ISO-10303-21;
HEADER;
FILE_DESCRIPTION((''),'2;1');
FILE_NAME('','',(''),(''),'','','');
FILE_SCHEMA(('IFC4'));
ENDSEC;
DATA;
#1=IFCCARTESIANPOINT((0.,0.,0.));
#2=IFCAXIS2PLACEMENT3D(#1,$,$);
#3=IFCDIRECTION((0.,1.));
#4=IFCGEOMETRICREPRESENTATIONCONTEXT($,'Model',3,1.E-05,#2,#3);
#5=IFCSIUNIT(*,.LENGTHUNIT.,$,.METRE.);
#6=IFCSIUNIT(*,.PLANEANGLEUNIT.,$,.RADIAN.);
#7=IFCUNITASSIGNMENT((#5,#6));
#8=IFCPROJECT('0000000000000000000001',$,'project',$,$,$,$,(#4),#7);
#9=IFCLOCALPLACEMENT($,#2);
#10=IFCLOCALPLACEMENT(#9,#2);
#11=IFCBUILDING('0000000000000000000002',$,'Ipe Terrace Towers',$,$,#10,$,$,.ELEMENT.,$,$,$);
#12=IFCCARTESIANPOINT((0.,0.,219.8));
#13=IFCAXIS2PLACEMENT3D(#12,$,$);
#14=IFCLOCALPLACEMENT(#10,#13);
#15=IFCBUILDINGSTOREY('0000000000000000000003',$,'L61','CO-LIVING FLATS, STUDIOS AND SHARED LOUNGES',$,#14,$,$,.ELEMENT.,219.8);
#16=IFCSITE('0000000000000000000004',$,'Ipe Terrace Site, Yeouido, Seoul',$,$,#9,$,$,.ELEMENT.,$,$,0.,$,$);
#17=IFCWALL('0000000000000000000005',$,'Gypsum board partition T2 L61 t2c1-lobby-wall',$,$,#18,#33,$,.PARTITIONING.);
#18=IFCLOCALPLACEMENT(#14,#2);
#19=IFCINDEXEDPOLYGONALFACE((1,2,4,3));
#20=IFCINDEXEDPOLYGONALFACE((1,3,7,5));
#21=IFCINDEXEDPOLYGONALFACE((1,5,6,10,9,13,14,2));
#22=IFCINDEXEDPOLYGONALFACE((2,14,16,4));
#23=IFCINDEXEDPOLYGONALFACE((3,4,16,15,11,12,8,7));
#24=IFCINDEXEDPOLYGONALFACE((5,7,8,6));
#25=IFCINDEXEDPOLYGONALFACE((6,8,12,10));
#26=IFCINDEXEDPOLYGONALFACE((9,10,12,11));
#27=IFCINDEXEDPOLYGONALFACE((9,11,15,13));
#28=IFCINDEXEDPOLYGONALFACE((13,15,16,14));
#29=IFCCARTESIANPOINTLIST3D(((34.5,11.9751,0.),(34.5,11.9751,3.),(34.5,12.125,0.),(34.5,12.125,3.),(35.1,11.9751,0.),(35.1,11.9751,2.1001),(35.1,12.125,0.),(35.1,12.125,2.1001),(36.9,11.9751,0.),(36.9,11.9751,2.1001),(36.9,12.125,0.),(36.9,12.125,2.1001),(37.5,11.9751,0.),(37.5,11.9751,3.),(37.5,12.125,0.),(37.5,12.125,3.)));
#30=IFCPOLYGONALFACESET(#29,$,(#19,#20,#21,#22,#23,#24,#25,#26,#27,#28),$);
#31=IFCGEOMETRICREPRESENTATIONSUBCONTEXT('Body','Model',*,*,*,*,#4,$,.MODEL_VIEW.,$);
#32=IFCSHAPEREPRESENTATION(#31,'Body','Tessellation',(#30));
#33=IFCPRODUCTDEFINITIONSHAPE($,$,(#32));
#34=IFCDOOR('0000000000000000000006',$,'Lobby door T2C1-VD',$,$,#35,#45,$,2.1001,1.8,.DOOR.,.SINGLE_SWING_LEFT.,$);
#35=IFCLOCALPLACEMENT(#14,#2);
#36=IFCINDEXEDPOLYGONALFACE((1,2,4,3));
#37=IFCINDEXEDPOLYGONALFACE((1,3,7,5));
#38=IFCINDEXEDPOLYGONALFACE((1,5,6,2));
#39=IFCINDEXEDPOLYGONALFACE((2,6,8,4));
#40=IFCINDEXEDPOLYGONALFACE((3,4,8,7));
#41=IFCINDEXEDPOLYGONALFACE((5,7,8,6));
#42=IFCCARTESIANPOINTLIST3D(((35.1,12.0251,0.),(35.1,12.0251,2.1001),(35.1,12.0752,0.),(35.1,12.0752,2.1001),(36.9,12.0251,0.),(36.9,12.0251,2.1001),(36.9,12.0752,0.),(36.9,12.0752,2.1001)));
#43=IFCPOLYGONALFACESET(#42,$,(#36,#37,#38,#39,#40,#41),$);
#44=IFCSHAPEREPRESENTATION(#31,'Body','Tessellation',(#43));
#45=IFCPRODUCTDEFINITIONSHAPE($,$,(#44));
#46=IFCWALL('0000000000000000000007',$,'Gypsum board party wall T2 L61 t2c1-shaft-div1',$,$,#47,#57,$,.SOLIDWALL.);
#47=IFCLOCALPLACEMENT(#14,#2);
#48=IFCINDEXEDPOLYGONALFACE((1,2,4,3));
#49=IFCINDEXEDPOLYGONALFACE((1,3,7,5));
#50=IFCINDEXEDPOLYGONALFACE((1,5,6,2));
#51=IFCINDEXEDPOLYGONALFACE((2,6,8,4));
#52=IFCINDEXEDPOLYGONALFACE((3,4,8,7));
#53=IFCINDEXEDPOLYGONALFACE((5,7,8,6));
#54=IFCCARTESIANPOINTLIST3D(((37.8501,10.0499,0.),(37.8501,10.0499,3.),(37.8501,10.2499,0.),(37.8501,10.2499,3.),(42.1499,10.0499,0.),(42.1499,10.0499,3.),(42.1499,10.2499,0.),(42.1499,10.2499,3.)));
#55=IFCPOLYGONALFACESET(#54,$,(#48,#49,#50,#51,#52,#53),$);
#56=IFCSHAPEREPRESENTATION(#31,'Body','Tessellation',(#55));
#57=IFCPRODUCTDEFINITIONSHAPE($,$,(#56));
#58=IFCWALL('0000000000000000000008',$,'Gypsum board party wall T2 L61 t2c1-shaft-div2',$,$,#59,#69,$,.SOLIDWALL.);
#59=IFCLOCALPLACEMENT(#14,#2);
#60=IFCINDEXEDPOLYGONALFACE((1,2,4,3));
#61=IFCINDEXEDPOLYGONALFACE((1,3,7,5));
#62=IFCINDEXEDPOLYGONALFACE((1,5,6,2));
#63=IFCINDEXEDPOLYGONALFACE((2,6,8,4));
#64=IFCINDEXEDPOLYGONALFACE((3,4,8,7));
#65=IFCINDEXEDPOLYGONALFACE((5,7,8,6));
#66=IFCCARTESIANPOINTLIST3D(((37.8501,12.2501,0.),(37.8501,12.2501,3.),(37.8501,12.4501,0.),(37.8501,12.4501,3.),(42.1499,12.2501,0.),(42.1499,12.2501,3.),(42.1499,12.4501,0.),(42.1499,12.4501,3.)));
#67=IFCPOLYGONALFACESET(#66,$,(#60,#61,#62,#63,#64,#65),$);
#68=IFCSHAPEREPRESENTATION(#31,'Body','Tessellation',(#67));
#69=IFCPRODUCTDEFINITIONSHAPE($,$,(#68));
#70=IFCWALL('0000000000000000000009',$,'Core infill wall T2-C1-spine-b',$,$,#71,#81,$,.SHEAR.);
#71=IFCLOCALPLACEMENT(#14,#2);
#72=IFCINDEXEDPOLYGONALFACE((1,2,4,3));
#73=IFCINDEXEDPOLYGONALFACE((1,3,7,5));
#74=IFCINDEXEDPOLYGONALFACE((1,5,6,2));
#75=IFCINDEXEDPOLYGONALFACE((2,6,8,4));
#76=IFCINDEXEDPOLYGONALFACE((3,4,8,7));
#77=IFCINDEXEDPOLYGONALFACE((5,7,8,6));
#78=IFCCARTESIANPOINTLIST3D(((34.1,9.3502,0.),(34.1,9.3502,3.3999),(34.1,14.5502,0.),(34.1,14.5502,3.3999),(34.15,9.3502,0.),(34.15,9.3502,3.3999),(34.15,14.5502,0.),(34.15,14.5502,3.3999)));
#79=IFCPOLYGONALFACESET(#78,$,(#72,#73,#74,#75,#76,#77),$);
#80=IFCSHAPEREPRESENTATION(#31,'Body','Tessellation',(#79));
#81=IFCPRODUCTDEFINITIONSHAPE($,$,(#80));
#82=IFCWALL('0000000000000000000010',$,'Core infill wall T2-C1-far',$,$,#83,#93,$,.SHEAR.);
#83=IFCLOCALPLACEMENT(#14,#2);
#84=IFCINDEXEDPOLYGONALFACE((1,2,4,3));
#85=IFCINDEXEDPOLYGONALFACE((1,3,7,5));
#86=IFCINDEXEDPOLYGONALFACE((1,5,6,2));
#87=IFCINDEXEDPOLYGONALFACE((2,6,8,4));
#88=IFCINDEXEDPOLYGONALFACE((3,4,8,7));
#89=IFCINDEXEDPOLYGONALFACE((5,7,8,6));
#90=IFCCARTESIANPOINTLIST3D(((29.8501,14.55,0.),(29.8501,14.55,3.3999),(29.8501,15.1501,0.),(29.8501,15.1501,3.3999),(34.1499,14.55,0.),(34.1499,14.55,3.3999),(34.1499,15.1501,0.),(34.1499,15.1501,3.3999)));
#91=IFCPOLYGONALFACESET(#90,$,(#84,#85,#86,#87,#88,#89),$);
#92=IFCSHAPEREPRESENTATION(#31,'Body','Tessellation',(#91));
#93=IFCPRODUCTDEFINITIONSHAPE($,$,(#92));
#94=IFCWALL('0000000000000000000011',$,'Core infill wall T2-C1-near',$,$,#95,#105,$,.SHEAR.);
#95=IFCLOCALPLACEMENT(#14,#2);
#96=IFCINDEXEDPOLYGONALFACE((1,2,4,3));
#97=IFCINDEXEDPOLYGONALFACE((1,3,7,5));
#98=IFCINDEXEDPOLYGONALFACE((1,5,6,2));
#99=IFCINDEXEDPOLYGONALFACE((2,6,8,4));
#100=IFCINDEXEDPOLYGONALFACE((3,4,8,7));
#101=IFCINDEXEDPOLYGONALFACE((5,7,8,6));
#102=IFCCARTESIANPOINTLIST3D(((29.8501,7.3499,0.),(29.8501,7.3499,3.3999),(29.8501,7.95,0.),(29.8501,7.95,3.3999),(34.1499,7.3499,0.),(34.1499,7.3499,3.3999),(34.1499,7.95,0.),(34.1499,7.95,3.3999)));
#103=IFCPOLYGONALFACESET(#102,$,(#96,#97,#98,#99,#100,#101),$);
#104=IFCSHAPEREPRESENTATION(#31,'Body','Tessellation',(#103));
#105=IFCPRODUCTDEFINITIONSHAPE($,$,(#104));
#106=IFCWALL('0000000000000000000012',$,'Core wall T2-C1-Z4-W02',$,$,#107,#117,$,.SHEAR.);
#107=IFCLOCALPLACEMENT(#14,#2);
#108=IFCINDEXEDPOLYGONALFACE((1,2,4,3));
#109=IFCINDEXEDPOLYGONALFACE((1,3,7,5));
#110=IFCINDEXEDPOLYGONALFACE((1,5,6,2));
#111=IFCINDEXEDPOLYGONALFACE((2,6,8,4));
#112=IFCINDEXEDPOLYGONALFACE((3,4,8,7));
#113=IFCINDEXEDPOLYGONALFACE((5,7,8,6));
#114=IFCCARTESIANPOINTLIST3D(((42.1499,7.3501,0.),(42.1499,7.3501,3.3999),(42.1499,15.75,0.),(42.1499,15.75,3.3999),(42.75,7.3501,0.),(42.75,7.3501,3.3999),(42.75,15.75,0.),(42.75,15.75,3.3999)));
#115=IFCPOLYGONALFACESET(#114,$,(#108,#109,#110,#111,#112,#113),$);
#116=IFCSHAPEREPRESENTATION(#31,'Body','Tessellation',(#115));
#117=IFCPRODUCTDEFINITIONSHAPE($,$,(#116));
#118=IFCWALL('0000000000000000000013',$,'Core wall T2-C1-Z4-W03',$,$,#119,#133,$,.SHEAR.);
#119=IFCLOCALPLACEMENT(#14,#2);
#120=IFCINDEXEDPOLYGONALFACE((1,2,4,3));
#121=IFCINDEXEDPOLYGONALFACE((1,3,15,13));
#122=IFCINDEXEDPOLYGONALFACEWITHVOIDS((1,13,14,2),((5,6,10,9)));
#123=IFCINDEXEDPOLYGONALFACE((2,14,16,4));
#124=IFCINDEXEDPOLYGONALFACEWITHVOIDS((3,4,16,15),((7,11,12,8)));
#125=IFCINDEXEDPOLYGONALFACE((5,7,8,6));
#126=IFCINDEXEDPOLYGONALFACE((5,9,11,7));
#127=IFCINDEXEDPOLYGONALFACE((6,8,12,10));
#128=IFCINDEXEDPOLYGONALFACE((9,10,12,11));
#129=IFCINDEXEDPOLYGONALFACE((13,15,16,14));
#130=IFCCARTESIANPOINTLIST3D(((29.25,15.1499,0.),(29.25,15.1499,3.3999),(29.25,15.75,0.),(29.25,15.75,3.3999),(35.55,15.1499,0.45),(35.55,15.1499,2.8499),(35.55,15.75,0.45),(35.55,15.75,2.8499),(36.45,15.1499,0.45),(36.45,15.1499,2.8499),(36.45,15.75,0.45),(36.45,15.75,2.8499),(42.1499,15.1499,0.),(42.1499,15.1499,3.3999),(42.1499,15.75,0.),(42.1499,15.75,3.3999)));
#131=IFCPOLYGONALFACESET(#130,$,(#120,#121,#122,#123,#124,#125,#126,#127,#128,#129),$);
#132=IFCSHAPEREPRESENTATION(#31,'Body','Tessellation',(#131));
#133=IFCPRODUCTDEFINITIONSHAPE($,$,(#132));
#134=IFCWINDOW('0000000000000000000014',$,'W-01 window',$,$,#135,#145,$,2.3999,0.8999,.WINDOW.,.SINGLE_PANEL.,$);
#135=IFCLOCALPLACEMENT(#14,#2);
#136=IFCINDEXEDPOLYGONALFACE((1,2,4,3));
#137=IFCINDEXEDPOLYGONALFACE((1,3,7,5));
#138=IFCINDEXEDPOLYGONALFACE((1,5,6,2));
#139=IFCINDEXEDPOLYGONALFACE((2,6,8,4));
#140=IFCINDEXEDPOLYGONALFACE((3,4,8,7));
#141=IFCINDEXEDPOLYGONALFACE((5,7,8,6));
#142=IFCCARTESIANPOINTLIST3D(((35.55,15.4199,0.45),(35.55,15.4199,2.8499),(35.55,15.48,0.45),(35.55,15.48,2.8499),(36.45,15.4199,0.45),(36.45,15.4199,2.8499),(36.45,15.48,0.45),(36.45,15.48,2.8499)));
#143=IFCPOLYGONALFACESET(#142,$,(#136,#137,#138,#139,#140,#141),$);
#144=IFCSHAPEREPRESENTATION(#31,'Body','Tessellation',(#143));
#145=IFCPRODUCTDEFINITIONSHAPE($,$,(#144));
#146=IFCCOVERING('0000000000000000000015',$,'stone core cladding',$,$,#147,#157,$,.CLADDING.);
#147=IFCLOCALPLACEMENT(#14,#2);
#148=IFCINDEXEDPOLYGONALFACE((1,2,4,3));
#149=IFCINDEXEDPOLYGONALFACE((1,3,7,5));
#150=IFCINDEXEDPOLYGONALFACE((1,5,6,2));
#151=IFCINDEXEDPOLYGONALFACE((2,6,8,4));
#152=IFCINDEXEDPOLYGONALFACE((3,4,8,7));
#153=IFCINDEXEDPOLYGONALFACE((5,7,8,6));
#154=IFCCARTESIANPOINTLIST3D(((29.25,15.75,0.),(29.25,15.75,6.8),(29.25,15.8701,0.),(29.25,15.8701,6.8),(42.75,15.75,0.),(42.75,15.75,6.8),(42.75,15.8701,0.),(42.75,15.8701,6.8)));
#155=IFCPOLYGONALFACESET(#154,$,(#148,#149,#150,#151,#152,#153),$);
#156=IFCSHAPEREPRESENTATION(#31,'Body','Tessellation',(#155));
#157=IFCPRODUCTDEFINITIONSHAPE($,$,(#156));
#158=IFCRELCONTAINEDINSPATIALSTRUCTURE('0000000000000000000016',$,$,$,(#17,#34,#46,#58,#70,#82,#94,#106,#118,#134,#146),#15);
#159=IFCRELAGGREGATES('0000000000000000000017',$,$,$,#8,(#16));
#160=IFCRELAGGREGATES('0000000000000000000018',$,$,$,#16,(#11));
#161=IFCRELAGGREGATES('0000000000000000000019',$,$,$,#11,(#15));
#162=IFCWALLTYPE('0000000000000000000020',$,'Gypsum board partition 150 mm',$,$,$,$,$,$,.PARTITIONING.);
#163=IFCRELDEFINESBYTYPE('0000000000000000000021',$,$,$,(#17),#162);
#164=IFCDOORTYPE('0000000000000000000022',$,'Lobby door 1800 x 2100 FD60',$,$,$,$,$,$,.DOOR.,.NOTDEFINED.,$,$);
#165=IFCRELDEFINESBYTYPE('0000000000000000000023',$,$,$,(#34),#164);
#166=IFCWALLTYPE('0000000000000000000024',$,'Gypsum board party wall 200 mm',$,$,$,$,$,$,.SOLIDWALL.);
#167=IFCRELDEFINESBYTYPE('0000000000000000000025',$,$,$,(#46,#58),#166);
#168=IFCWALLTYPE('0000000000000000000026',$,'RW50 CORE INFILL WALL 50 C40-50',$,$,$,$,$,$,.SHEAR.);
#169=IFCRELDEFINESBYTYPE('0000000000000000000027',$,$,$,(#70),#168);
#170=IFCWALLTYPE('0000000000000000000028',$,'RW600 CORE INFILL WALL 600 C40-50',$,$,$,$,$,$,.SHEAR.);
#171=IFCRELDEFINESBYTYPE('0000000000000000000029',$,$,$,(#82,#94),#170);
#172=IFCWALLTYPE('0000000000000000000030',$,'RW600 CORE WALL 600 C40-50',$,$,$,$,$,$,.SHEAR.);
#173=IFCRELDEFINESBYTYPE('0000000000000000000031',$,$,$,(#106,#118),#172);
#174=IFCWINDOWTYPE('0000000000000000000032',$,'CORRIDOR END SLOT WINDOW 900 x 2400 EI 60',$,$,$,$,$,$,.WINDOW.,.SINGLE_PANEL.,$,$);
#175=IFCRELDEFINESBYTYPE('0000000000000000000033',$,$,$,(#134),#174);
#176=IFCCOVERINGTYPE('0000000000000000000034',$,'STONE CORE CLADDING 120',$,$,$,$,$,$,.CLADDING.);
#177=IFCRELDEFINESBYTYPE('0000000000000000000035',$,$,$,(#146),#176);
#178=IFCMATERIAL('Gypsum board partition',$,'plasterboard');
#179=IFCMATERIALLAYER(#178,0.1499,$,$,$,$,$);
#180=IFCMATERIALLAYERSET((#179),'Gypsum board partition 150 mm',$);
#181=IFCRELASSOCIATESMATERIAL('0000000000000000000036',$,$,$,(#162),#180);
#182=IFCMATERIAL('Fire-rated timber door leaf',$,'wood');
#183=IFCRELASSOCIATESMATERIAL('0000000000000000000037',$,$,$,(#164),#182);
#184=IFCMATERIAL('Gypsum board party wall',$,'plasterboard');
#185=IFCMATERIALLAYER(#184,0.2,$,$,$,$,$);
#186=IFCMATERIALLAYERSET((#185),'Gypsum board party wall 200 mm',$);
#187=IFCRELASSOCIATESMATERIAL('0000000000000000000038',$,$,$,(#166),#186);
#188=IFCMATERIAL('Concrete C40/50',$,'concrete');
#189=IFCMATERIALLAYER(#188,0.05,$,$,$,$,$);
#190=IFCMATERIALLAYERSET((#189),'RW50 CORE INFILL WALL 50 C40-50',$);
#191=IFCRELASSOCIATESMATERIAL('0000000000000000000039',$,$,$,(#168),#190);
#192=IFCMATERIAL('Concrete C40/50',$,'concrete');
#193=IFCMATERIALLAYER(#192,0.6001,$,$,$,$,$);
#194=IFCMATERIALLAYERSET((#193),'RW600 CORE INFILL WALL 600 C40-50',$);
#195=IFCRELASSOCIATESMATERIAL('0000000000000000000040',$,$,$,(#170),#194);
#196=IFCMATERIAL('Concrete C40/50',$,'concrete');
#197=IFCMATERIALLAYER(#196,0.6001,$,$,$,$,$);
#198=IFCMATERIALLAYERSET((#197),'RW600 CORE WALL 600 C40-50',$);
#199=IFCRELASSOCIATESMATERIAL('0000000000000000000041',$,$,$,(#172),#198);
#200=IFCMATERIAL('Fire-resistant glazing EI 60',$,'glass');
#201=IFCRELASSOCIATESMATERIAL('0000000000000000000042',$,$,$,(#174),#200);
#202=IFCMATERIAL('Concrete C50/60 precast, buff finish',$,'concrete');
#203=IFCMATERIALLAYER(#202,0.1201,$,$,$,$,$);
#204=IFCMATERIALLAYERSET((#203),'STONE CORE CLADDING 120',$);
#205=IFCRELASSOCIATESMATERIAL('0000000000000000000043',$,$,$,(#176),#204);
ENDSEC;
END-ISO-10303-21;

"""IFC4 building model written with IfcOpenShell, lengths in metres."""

from ifc_helpers import new_model, si_unit, direction, frame, frame_2d, origin, origin_2d, place, context, subcontext, project, spatial, rectangle, extrude, material, layer, layer_set, type_object, element, fill, save


model = new_model("IFC4")

# Units and contexts
model_context = context("Model", 3, precision=1e-05, world=origin(), true_north=direction((0.0, 1.0)))
body_context = subcontext(model_context, "Body", "Model", "MODEL_VIEW")
ifc_project = project(units=[si_unit("LENGTHUNIT", "METRE"), si_unit("PLANEANGLEUNIT", "RADIAN")], contexts=[model_context])

# Site, building, storey
site_placement = place(None, origin())
site = spatial("IfcSite", under=ifc_project, at=site_placement, Name="Ipe Terrace Site, Yeouido, Seoul", CompositionType="ELEMENT", RefElevation=0.0)
building_placement = place(site_placement, origin())
building = spatial("IfcBuilding", under=site, at=building_placement, Name="Ipe Terrace Towers", CompositionType="ELEMENT")
storey_placement = place(building_placement, frame((0.0, 0.0, 219.8)))
storey = spatial("IfcBuildingStorey", under=building, at=storey_placement, Name="L61", Description="CO-LIVING FLATS, STUDIOS AND SHARED LOUNGES", CompositionType="ELEMENT", Elevation=219.8)

# Wall, opening, door
ifc_material_1 = material(Name="Gypsum board partition", Category="plasterboard")
ifc_layer_1 = layer(ifc_material_1, 0.1499)
ifc_layer_set_1 = layer_set([ifc_layer_1], Name="Gypsum board partition 150 mm")
wall_type_1 = type_object("IfcWallType", Name="Gypsum board partition 150 mm", PredefinedType="PARTITIONING", material=ifc_layer_set_1)
wall_1_placement = place(storey_placement, frame((37.5, 12.05, 0.0), z_axis=(0.0, 0.0, 1.0), x_axis=(-1.0, 0.0, 0.0)))
wall_1 = element("IfcWall", 1, at=wall_1_placement, inside=storey, type_object=wall_type_1, Name="Gypsum board partition T2 L61 t2c1-lobby-wall", PredefinedType="PARTITIONING", context=body_context, shape_type="SweptSolid", body=[
    extrude(rectangle(XDim=3.0, YDim=0.1499, at=frame_2d((1.5, 0.0))), origin(), (0.0, 0.0, 1.0), 3.0),
])
opening_1_placement = place(wall_1_placement, frame((0.6001, 0.0, 0.0)))
opening_1 = element("IfcOpeningElement", 2, at=opening_1_placement, cuts=wall_1, PredefinedType="OPENING", context=body_context, shape_type="SweptSolid", body=[
    extrude(rectangle(XDim=1.8, YDim=2.1001, at=frame_2d((0.8999, 1.05))), frame((0.0, 0.085, 0.0), z_axis=(0.0, -1.0, 0.0), x_axis=(1.0, 0.0, 0.0)), (0.0, 0.0, 1.0), 0.1699),
])
ifc_material_2 = material(Name="Fire-rated timber door leaf", Category="wood")
door_type = type_object("IfcDoorType", Name="Lobby door 1800 x 2100 FD60", OperationType="NOTDEFINED", PredefinedType="DOOR", material=ifc_material_2)
door_placement = place(opening_1_placement, origin())
door = element("IfcDoor", 3, at=door_placement, inside=storey, type_object=door_type, Name="Lobby door T2C1-VD", OperationType="SINGLE_SWING_LEFT", OverallHeight=2.1001, OverallWidth=1.8, PredefinedType="DOOR", context=body_context, shape_type="SweptSolid", body=[
    extrude(rectangle(XDim=1.8, YDim=2.1001, at=frame_2d((0.8999, 1.05))), frame((0.0, 0.0249, 0.0), z_axis=(0.0, -1.0, 0.0), x_axis=(1.0, 0.0, 0.0)), (0.0, 0.0, 1.0), 0.05),
])
fill(opening_1, door)

# Walls
ifc_material_3 = material(Name="Gypsum board party wall", Category="plasterboard")
ifc_layer_2 = layer(ifc_material_3, 0.2)
ifc_layer_set_2 = layer_set([ifc_layer_2], Name="Gypsum board party wall 200 mm")
wall_type_2 = type_object("IfcWallType", Name="Gypsum board party wall 200 mm", PredefinedType="SOLIDWALL", material=ifc_layer_set_2)
for number, where, z_axis, x_axis, name in (
    (4, (42.1499, 10.1499, 0.0), (0.0, 0.0, 1.0), (-1.0, 0.0, 0.0), "Gypsum board party wall T2 L61 t2c1-shaft-div1"),
    (5, (42.1499, 12.3501, 0.0), (0.0, 0.0, 1.0), (-1.0, 0.0, 0.0), "Gypsum board party wall T2 L61 t2c1-shaft-div2"),
):
    element("IfcWall", number, at=place(storey_placement, frame(where, z_axis=z_axis, x_axis=x_axis)), inside=storey, type_object=wall_type_2, Name=name, PredefinedType="SOLIDWALL", context=body_context, shape_type="SweptSolid", body=[
        extrude(rectangle(XDim=4.2998, YDim=0.2, at=frame_2d((2.1499, 0.0))), origin(), (0.0, 0.0, 1.0), 3.0),
    ])
ifc_material_4 = material(Name="Concrete C40/50", Category="concrete")
ifc_layer_3 = layer(ifc_material_4, 0.05)
ifc_layer_set_3 = layer_set([ifc_layer_3], Name="RW50 CORE INFILL WALL 50 C40-50")
wall_type_3 = type_object("IfcWallType", Name="RW50 CORE INFILL WALL 50 C40-50", PredefinedType="SHEAR", material=ifc_layer_set_3)
wall_2_placement = place(storey_placement, frame((34.125, 9.3501, 0.0), z_axis=(0.0, 0.0, 1.0), x_axis=(0.0, 1.0, 0.0)))
element("IfcWall", 6, at=wall_2_placement, inside=storey, type_object=wall_type_3, Name="Core infill wall T2-C1-spine-b", PredefinedType="SHEAR", context=body_context, shape_type="SweptSolid", body=[
    extrude(rectangle(XDim=5.2, YDim=0.05, at=frame_2d((2.6001, 0.0))), origin(), (0.0, 0.0, 1.0), 3.3999),
])
ifc_material_5 = material(Name="Concrete C40/50", Category="concrete")
ifc_layer_4 = layer(ifc_material_5, 0.6001)
ifc_layer_set_4 = layer_set([ifc_layer_4], Name="RW600 CORE INFILL WALL 600 C40-50")
wall_type_4 = type_object("IfcWallType", Name="RW600 CORE INFILL WALL 600 C40-50", PredefinedType="SHEAR", material=ifc_layer_set_4)
for number, where, z_axis, x_axis, name in (
    (7, (34.1499, 14.8501, 0.0), (0.0, 0.0, 1.0), (-1.0, 0.0, 0.0), "Core infill wall T2-C1-far"),
    (8, (34.1499, 7.6499, 0.0), (0.0, 0.0, 1.0), (-1.0, 0.0, 0.0), "Core infill wall T2-C1-near"),
):
    element("IfcWall", number, at=place(storey_placement, frame(where, z_axis=z_axis, x_axis=x_axis)), inside=storey, type_object=wall_type_4, Name=name, PredefinedType="SHEAR", context=body_context, shape_type="SweptSolid", body=[
        extrude(rectangle(XDim=4.2998, YDim=0.6001, at=frame_2d((2.1499, 0.0))), origin(), (0.0, 0.0, 1.0), 3.3999),
    ])
ifc_material_6 = material(Name="Concrete C40/50", Category="concrete")
ifc_layer_5 = layer(ifc_material_6, 0.6001)
ifc_layer_set_5 = layer_set([ifc_layer_5], Name="RW600 CORE WALL 600 C40-50")
wall_type_5 = type_object("IfcWallType", Name="RW600 CORE WALL 600 C40-50", PredefinedType="SHEAR", material=ifc_layer_set_5)
wall_3_placement = place(storey_placement, frame((42.45, 7.3501, 0.0), z_axis=(0.0, 0.0, 1.0), x_axis=(0.0, 1.0, 0.0)))
element("IfcWall", 9, at=wall_3_placement, inside=storey, type_object=wall_type_5, Name="Core wall T2-C1-Z4-W02", PredefinedType="SHEAR", context=body_context, shape_type="SweptSolid", body=[
    extrude(rectangle(XDim=8.3999, YDim=0.6001, at=frame_2d((4.2, 0.0))), origin(), (0.0, 0.0, 1.0), 3.3999),
])

# Wall, opening, window
wall_4_placement = place(storey_placement, frame((42.1499, 15.45, 0.0), z_axis=(0.0, 0.0, 1.0), x_axis=(-1.0, 0.0, 0.0)))
wall_4 = element("IfcWall", 10, at=wall_4_placement, inside=storey, type_object=wall_type_5, Name="Core wall T2-C1-Z4-W03", PredefinedType="SHEAR", context=body_context, shape_type="SweptSolid", body=[
    extrude(rectangle(XDim=12.8999, YDim=0.6001, at=frame_2d((6.45, 0.0))), origin(), (0.0, 0.0, 1.0), 3.3999),
])
opening_2_placement = place(wall_4_placement, frame((5.7, 0.0, 0.45)))
opening_2 = element("IfcOpeningElement", 11, at=opening_2_placement, cuts=wall_4, PredefinedType="OPENING", context=body_context, shape_type="SweptSolid", body=[
    extrude(rectangle(XDim=0.8999, YDim=2.3999, at=frame_2d((0.45, 1.2))), frame((0.0, 0.3101, 0.0), z_axis=(0.0, -1.0, 0.0), x_axis=(1.0, 0.0, 0.0)), (0.0, 0.0, 1.0), 0.6201),
])
ifc_material_7 = material(Name="Fire-resistant glazing EI 60", Category="glass")
window_type = type_object("IfcWindowType", Name="CORRIDOR END SLOT WINDOW 900 x 2400 EI 60", PartitioningType="SINGLE_PANEL", PredefinedType="WINDOW", material=ifc_material_7)
window_placement = place(opening_2_placement, origin())
window = element("IfcWindow", 12, at=window_placement, inside=storey, type_object=window_type, Name="W-01 window", OverallHeight=2.3999, OverallWidth=0.8999, PartitioningType="SINGLE_PANEL", PredefinedType="WINDOW", context=body_context, shape_type="SweptSolid", body=[
    extrude(rectangle(XDim=0.8999, YDim=2.3999, at=frame_2d((0.45, 1.2))), frame((0.0, 0.03, 0.0), z_axis=(0.0, -1.0, 0.0), x_axis=(1.0, 0.0, 0.0)), (0.0, 0.0, 1.0), 0.0601),
])
fill(opening_2, window)

# Covering
ifc_material_8 = material(Name="Concrete C50/60 precast, buff finish", Category="concrete")
ifc_layer_6 = layer(ifc_material_8, 0.1201)
ifc_layer_set_6 = layer_set([ifc_layer_6], Name="STONE CORE CLADDING 120")
covering_type = type_object("IfcCoveringType", Name="STONE CORE CLADDING 120", PredefinedType="CLADDING", material=ifc_layer_set_6)
covering_placement = place(storey_placement, frame((36.0, 15.8101, 0.0), z_axis=(0.0, 0.0, 1.0), x_axis=(-1.0, 0.0, 0.0)))
element("IfcCovering", 13, at=covering_placement, inside=storey, type_object=covering_type, Name="stone core cladding", PredefinedType="CLADDING", context=body_context, shape_type="SweptSolid", body=[
    extrude(rectangle(XDim=13.5, YDim=0.1201, at=origin_2d()), origin(), (0.0, 0.0, 1.0), 6.8),
])

save(model, "model.ifc")
